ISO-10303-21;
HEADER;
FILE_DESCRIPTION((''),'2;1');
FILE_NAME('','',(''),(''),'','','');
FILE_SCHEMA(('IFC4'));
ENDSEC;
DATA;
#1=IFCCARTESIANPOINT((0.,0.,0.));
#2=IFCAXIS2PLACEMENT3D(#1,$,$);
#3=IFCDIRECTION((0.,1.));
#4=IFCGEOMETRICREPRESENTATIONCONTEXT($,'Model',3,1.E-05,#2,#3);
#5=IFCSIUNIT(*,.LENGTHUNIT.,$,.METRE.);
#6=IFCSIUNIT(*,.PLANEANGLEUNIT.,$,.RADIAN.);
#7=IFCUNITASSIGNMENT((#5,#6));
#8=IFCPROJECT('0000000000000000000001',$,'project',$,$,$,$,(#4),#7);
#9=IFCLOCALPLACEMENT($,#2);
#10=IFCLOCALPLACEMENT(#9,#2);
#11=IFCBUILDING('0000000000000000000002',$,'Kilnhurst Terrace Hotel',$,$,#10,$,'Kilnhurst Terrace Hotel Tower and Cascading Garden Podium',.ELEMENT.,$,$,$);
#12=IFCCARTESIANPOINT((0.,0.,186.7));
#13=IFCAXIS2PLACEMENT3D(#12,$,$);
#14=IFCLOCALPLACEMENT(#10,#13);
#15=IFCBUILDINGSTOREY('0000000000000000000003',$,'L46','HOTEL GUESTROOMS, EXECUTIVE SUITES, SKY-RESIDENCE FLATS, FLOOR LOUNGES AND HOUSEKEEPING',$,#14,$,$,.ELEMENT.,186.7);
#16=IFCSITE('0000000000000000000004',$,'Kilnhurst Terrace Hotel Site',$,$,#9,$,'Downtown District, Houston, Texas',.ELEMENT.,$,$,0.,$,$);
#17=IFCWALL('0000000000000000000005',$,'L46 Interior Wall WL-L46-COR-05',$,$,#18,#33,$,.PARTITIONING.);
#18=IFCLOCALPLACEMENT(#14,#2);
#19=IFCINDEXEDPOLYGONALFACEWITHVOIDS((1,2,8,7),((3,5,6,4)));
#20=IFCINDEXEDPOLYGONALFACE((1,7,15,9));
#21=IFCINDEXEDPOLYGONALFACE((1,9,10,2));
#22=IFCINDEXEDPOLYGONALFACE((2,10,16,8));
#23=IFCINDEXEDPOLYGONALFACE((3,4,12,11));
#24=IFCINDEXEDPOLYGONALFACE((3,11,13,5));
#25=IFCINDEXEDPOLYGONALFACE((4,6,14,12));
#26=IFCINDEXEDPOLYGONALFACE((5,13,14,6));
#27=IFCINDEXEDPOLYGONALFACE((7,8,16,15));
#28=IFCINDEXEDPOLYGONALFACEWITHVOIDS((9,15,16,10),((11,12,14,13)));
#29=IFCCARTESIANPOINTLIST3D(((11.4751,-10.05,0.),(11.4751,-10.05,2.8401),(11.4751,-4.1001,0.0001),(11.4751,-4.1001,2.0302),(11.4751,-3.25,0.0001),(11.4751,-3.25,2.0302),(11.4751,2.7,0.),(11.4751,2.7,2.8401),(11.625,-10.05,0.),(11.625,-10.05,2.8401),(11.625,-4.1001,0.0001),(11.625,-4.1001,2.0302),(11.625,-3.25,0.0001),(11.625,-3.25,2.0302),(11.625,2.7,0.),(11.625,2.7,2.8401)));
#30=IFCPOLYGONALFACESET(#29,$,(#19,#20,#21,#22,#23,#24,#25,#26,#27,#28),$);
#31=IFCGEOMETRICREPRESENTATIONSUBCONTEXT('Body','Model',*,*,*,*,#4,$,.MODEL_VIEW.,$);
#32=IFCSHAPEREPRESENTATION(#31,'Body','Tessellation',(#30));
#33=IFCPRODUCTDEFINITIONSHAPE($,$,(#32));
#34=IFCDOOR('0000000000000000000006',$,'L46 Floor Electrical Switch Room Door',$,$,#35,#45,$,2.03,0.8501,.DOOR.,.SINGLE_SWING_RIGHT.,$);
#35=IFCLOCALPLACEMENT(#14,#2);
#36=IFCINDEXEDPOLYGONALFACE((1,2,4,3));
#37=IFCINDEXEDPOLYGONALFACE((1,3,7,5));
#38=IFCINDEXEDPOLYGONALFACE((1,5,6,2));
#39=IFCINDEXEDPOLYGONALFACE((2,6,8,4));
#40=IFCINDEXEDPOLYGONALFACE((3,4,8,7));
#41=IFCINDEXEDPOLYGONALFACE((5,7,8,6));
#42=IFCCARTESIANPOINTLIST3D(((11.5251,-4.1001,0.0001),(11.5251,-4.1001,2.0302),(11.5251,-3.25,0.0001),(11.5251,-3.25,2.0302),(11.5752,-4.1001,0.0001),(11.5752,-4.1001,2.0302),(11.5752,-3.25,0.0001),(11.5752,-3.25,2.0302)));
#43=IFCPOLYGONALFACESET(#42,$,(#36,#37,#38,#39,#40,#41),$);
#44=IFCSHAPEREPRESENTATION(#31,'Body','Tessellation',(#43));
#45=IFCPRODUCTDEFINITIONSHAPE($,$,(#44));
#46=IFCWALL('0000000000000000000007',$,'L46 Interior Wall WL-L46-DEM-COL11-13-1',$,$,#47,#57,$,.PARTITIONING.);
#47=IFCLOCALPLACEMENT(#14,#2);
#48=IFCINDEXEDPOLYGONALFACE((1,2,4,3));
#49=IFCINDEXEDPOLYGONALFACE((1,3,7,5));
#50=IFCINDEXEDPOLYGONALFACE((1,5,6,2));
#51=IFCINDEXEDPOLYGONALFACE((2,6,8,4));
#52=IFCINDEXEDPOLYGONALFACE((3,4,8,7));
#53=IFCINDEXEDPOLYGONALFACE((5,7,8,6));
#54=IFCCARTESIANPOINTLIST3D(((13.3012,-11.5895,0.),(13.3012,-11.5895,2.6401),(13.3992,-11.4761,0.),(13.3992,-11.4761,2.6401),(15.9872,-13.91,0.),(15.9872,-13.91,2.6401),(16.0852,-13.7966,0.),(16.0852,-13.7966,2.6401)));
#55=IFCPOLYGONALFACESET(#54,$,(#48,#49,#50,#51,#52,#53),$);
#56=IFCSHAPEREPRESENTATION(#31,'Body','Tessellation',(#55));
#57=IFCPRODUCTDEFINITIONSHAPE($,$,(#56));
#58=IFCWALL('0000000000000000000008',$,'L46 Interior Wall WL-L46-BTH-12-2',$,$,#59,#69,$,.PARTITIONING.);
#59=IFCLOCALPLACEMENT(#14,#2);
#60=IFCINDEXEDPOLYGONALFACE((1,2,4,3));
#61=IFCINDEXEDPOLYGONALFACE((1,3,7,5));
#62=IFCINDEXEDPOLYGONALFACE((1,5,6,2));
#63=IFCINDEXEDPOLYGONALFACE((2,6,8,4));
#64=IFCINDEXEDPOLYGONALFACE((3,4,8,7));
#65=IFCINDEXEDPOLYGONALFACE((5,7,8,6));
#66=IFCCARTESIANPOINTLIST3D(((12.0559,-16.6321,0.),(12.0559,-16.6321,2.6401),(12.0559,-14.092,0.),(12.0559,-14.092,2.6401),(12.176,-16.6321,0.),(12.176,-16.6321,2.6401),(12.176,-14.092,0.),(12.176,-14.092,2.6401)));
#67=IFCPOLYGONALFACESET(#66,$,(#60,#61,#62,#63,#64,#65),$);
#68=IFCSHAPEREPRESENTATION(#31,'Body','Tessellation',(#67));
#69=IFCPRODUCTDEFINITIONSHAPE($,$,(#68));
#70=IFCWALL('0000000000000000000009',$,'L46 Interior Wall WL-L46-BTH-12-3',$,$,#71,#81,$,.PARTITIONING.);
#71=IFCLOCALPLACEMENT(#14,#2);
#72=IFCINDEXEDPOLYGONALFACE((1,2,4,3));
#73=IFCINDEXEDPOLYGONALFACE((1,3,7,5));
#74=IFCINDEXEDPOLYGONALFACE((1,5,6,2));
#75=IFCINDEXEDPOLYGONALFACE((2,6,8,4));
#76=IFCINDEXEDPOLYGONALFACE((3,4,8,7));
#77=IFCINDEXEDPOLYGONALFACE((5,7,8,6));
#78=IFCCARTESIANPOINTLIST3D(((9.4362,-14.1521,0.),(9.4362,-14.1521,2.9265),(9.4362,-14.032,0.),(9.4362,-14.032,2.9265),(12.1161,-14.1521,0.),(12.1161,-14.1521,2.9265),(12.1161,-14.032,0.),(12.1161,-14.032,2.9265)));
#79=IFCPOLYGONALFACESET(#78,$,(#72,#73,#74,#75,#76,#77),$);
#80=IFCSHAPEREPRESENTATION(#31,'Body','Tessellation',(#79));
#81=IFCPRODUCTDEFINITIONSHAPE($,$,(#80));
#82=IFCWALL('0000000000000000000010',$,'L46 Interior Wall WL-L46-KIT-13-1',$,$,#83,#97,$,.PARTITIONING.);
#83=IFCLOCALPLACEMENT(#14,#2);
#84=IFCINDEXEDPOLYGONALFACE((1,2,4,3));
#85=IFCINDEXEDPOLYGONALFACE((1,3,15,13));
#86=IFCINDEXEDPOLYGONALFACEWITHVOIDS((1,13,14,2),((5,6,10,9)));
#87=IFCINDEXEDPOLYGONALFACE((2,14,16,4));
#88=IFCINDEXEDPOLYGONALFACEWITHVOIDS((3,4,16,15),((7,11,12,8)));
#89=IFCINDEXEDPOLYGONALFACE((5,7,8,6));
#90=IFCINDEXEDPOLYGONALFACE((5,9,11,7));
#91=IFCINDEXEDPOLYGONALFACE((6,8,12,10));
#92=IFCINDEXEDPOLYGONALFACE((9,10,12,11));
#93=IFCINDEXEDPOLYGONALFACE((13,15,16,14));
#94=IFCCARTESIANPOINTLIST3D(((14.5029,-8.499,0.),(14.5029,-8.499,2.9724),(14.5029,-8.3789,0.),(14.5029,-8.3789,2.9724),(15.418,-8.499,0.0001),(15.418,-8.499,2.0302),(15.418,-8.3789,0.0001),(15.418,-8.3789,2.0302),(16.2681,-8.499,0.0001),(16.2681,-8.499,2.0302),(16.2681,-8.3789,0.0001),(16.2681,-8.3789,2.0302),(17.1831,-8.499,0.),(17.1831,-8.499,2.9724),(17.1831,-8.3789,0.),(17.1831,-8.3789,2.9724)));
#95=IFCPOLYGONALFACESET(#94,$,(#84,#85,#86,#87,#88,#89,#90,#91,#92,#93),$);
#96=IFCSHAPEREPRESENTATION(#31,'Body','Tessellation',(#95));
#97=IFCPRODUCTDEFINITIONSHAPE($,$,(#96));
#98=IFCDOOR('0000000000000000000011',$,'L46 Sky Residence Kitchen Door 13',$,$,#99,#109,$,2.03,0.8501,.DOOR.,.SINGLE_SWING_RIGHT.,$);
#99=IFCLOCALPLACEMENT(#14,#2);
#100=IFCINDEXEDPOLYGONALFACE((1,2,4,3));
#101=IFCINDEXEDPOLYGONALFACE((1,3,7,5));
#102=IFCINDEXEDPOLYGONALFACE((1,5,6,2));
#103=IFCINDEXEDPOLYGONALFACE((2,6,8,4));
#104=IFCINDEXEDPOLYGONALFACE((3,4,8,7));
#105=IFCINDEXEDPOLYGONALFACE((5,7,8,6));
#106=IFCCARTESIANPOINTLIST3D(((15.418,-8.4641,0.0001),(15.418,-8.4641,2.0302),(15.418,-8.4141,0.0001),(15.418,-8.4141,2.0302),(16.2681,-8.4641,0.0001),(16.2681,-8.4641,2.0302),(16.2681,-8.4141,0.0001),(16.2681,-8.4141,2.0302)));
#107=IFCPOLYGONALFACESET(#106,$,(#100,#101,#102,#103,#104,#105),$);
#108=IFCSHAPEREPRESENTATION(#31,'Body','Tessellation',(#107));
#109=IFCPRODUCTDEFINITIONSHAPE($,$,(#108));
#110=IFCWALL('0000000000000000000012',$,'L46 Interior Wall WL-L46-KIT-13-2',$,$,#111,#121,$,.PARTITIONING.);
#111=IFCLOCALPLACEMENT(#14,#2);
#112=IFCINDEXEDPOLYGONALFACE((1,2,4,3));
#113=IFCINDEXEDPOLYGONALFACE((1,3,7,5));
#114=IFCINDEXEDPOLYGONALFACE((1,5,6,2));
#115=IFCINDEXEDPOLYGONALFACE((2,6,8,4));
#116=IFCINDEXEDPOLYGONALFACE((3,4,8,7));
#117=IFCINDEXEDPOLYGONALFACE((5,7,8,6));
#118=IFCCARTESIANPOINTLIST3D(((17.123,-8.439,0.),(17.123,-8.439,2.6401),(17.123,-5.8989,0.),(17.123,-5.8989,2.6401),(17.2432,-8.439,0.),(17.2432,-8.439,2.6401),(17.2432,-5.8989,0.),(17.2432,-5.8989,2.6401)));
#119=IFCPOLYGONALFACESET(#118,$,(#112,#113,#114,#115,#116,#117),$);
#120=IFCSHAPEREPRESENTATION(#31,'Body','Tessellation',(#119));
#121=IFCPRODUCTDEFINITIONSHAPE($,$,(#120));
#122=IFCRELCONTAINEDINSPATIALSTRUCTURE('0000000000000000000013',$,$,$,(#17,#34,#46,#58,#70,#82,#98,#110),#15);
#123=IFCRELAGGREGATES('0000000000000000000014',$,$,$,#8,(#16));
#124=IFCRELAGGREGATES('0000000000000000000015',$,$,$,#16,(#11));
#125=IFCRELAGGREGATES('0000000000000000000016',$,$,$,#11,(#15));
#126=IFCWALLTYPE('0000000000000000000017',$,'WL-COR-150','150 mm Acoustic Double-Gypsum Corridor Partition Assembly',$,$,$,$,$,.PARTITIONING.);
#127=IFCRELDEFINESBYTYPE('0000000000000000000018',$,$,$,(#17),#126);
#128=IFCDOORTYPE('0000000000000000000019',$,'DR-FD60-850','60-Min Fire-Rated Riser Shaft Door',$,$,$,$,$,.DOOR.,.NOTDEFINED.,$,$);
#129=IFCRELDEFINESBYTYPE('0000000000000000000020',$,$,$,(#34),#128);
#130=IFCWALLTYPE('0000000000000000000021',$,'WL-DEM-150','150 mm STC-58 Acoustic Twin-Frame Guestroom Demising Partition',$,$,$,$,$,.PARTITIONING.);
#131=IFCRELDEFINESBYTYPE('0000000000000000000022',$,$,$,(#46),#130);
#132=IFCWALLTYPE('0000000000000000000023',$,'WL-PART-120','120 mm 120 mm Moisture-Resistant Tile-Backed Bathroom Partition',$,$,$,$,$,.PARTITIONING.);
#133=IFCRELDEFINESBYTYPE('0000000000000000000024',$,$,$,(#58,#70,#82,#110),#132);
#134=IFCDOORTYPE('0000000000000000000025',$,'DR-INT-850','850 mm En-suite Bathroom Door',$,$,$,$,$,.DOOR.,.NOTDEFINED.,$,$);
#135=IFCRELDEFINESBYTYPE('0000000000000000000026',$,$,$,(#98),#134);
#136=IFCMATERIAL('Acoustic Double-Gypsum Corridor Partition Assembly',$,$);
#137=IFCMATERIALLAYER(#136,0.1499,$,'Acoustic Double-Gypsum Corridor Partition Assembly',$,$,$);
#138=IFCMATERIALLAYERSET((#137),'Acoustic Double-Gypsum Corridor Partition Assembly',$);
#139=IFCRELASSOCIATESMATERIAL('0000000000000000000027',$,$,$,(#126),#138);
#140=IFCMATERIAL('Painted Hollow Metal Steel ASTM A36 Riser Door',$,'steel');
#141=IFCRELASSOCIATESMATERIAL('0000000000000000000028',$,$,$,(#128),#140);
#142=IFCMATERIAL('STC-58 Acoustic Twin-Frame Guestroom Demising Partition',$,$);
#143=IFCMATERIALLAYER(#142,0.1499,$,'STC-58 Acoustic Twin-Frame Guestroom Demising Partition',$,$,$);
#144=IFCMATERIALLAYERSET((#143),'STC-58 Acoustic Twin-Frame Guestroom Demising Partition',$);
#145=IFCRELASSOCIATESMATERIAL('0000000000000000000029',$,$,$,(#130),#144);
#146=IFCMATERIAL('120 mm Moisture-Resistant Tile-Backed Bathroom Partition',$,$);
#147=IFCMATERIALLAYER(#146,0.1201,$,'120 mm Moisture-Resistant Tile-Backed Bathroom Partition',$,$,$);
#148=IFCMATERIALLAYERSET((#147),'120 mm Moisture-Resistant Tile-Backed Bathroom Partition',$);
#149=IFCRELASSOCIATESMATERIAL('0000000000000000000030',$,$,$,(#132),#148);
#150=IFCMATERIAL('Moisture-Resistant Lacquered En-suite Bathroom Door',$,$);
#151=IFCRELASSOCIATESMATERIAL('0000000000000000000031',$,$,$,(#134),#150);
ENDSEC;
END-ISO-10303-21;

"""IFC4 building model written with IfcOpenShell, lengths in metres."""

from ifc_helpers import new_model, si_unit, direction, frame, frame_2d, origin, place, context, subcontext, project, spatial, rectangle, extrude, material, layer, layer_set, type_object, element, fill, save


model = new_model("IFC4")

# Units and contexts
model_context = context("Model", 3, precision=1e-05, world=origin(), true_north=direction((0.0, 1.0)))
body_context = subcontext(model_context, "Body", "Model", "MODEL_VIEW")
ifc_project = project(units=[si_unit("LENGTHUNIT", "METRE"), si_unit("PLANEANGLEUNIT", "RADIAN")], contexts=[model_context])

# Site, building, storey
site_placement = place(None, origin())
site = spatial("IfcSite", under=ifc_project, at=site_placement, Name="Kilnhurst Terrace Hotel Site", LongName="Downtown District, Houston, Texas", CompositionType="ELEMENT", RefElevation=0.0)
building_placement = place(site_placement, origin())
building = spatial("IfcBuilding", under=site, at=building_placement, Name="Kilnhurst Terrace Hotel", LongName="Kilnhurst Terrace Hotel Tower and Cascading Garden Podium", CompositionType="ELEMENT")
storey_placement = place(building_placement, frame((0.0, 0.0, 186.7)))
storey = spatial("IfcBuildingStorey", under=building, at=storey_placement, Name="L46", Description="HOTEL GUESTROOMS, EXECUTIVE SUITES, SKY-RESIDENCE FLATS, FLOOR LOUNGES AND HOUSEKEEPING", CompositionType="ELEMENT", Elevation=186.7)

# Shared definitions
ifc_material_1 = material(Name="Acoustic Double-Gypsum Corridor Partition Assembly")
ifc_layer_1 = layer(ifc_material_1, 0.1499, Name="Acoustic Double-Gypsum Corridor Partition Assembly")
ifc_layer_set_1 = layer_set([ifc_layer_1], Name="Acoustic Double-Gypsum Corridor Partition Assembly")
wall_type_1 = type_object("IfcWallType", Name="WL-COR-150", Description="150 mm Acoustic Double-Gypsum Corridor Partition Assembly", PredefinedType="PARTITIONING", material=ifc_layer_set_1)

# Wall, opening, door
wall_1_placement = place(storey_placement, frame((11.55, -10.05, 0.0), z_axis=(0.0, 0.0, 1.0), x_axis=(0.0, 1.0, 0.0)))
wall_1 = element("IfcWall", 1, at=wall_1_placement, inside=storey, type_object=wall_type_1, Name="L46 Interior Wall WL-L46-COR-05", PredefinedType="PARTITIONING", context=body_context, shape_type="SweptSolid", body=[
    extrude(rectangle(XDim=12.75, YDim=0.1499, at=frame_2d((6.375, 0.0))), origin(), (0.0, 0.0, 1.0), 2.8401),
])
opening_1_placement = place(wall_1_placement, frame((5.95, 0.0, 0.0)))
opening_1 = element("IfcOpeningElement", 2, at=opening_1_placement, cuts=wall_1, PredefinedType="OPENING", context=body_context, shape_type="SweptSolid", body=[
    extrude(rectangle(XDim=0.8501, YDim=2.03, at=frame_2d((0.425, 1.0151))), frame((0.0, 0.085, 0.0), z_axis=(0.0, -1.0, 0.0), x_axis=(1.0, 0.0, 0.0)), (0.0, 0.0, 1.0), 0.1699),
])
ifc_material_2 = material(Name="Painted Hollow Metal Steel ASTM A36 Riser Door", Category="steel")
door_type_1 = type_object("IfcDoorType", Name="DR-FD60-850", Description="60-Min Fire-Rated Riser Shaft Door", OperationType="NOTDEFINED", PredefinedType="DOOR", material=ifc_material_2)
door_1_placement = place(opening_1_placement, origin())
door_1 = element("IfcDoor", 3, at=door_1_placement, inside=storey, type_object=door_type_1, Name="L46 Floor Electrical Switch Room Door", OperationType="SINGLE_SWING_RIGHT", OverallHeight=2.03, OverallWidth=0.8501, PredefinedType="DOOR", context=body_context, shape_type="SweptSolid", body=[
    extrude(rectangle(XDim=0.8501, YDim=2.03, at=frame_2d((0.425, 1.0151))), frame((0.0, 0.0249, 0.0), z_axis=(0.0, -1.0, 0.0), x_axis=(1.0, 0.0, 0.0)), (0.0, 0.0, 1.0), 0.05),
])
fill(opening_1, door_1)

# Walls
ifc_material_3 = material(Name="STC-58 Acoustic Twin-Frame Guestroom Demising Partition")
ifc_layer_2 = layer(ifc_material_3, 0.1499, Name="STC-58 Acoustic Twin-Frame Guestroom Demising Partition")
ifc_layer_set_2 = layer_set([ifc_layer_2], Name="STC-58 Acoustic Twin-Frame Guestroom Demising Partition")
wall_type_2 = type_object("IfcWallType", Name="WL-DEM-150", Description="150 mm STC-58 Acoustic Twin-Frame Guestroom Demising Partition", PredefinedType="PARTITIONING", material=ifc_layer_set_2)
wall_2_placement = place(storey_placement, frame((13.3501, -11.5327, 0.0), z_axis=(0.0, 0.0, 1.0), x_axis=(0.756712, -0.653749, 0.0)))
element("IfcWall", 4, at=wall_2_placement, inside=storey, type_object=wall_type_2, Name="L46 Interior Wall WL-L46-DEM-COL11-13-1", PredefinedType="PARTITIONING", context=body_context, shape_type="SweptSolid", body=[
    extrude(rectangle(XDim=3.5496, YDim=0.1499, at=frame_2d((1.7749, 0.0))), origin(), (0.0, 0.0, 1.0), 2.6401),
])
ifc_material_4 = material(Name="120 mm Moisture-Resistant Tile-Backed Bathroom Partition")
ifc_layer_3 = layer(ifc_material_4, 0.1201, Name="120 mm Moisture-Resistant Tile-Backed Bathroom Partition")
ifc_layer_set_3 = layer_set([ifc_layer_3], Name="120 mm Moisture-Resistant Tile-Backed Bathroom Partition")
wall_type_3 = type_object("IfcWallType", Name="WL-PART-120", Description="120 mm 120 mm Moisture-Resistant Tile-Backed Bathroom Partition", PredefinedType="PARTITIONING", material=ifc_layer_set_3)
wall_3_placement = place(storey_placement, frame((12.116, -16.6321, 0.0), z_axis=(0.0, 0.0, 1.0), x_axis=(0.0, 1.0, 0.0)))
element("IfcWall", 5, at=wall_3_placement, inside=storey, type_object=wall_type_3, Name="L46 Interior Wall WL-L46-BTH-12-2", PredefinedType="PARTITIONING", context=body_context, shape_type="SweptSolid", body=[
    extrude(rectangle(XDim=2.54, YDim=0.1201, at=frame_2d((1.27, 0.0))), origin(), (0.0, 0.0, 1.0), 2.6401),
])
wall_4_placement = place(storey_placement, frame((12.116, -14.092, 0.0), z_axis=(0.0, 0.0, 1.0), x_axis=(-1.0, 0.0, 0.0)))
element("IfcWall", 6, at=wall_4_placement, inside=storey, type_object=wall_type_3, Name="L46 Interior Wall WL-L46-BTH-12-3", PredefinedType="PARTITIONING", context=body_context, shape_type="SweptSolid", body=[
    extrude(rectangle(XDim=2.6799, YDim=0.1201, at=frame_2d((1.3398, 0.0))), origin(), (0.0, 0.0, 1.0), 2.9265),
])

# Wall, opening, door
wall_5_placement = place(storey_placement, frame((14.5029, -8.439, 0.0), z_axis=(0.0, 0.0, 1.0), x_axis=(1.0, 0.0, 0.0)))
wall_5 = element("IfcWall", 7, at=wall_5_placement, inside=storey, type_object=wall_type_3, Name="L46 Interior Wall WL-L46-KIT-13-1", PredefinedType="PARTITIONING", context=body_context, shape_type="SweptSolid", body=[
    extrude(rectangle(XDim=2.6802, YDim=0.1201, at=frame_2d((1.3401, 0.0))), origin(), (0.0, 0.0, 1.0), 2.9724),
])
opening_2_placement = place(wall_5_placement, frame((0.915, 0.0, 0.0)))
opening_2 = element("IfcOpeningElement", 8, at=opening_2_placement, cuts=wall_5, PredefinedType="OPENING", context=body_context, shape_type="SweptSolid", body=[
    extrude(rectangle(XDim=0.8501, YDim=2.03, at=frame_2d((0.425, 1.0151))), frame((0.0, 0.0701, 0.0), z_axis=(0.0, -1.0, 0.0), x_axis=(1.0, 0.0, 0.0)), (0.0, 0.0, 1.0), 0.1401),
])
ifc_material_5 = material(Name="Moisture-Resistant Lacquered En-suite Bathroom Door")
door_type_2 = type_object("IfcDoorType", Name="DR-INT-850", Description="850 mm En-suite Bathroom Door", OperationType="NOTDEFINED", PredefinedType="DOOR", material=ifc_material_5)
door_2_placement = place(opening_2_placement, origin())
door_2 = element("IfcDoor", 9, at=door_2_placement, inside=storey, type_object=door_type_2, Name="L46 Sky Residence Kitchen Door 13", OperationType="SINGLE_SWING_RIGHT", OverallHeight=2.03, OverallWidth=0.8501, PredefinedType="DOOR", context=body_context, shape_type="SweptSolid", body=[
    extrude(rectangle(XDim=0.8501, YDim=2.03, at=frame_2d((0.425, 1.0151))), frame((0.0, 0.0249, 0.0), z_axis=(0.0, -1.0, 0.0), x_axis=(1.0, 0.0, 0.0)), (0.0, 0.0, 1.0), 0.05),
])
fill(opening_2, door_2)

# Wall
wall_6_placement = place(storey_placement, frame((17.1831, -8.439, 0.0), z_axis=(0.0, 0.0, 1.0), x_axis=(0.0, 1.0, 0.0)))
element("IfcWall", 10, at=wall_6_placement, inside=storey, type_object=wall_type_3, Name="L46 Interior Wall WL-L46-KIT-13-2", PredefinedType="PARTITIONING", context=body_context, shape_type="SweptSolid", body=[
    extrude(rectangle(XDim=2.54, YDim=0.1201, at=frame_2d((1.27, 0.0))), origin(), (0.0, 0.0, 1.0), 2.6401),
])

save(model, "model.ifc")
